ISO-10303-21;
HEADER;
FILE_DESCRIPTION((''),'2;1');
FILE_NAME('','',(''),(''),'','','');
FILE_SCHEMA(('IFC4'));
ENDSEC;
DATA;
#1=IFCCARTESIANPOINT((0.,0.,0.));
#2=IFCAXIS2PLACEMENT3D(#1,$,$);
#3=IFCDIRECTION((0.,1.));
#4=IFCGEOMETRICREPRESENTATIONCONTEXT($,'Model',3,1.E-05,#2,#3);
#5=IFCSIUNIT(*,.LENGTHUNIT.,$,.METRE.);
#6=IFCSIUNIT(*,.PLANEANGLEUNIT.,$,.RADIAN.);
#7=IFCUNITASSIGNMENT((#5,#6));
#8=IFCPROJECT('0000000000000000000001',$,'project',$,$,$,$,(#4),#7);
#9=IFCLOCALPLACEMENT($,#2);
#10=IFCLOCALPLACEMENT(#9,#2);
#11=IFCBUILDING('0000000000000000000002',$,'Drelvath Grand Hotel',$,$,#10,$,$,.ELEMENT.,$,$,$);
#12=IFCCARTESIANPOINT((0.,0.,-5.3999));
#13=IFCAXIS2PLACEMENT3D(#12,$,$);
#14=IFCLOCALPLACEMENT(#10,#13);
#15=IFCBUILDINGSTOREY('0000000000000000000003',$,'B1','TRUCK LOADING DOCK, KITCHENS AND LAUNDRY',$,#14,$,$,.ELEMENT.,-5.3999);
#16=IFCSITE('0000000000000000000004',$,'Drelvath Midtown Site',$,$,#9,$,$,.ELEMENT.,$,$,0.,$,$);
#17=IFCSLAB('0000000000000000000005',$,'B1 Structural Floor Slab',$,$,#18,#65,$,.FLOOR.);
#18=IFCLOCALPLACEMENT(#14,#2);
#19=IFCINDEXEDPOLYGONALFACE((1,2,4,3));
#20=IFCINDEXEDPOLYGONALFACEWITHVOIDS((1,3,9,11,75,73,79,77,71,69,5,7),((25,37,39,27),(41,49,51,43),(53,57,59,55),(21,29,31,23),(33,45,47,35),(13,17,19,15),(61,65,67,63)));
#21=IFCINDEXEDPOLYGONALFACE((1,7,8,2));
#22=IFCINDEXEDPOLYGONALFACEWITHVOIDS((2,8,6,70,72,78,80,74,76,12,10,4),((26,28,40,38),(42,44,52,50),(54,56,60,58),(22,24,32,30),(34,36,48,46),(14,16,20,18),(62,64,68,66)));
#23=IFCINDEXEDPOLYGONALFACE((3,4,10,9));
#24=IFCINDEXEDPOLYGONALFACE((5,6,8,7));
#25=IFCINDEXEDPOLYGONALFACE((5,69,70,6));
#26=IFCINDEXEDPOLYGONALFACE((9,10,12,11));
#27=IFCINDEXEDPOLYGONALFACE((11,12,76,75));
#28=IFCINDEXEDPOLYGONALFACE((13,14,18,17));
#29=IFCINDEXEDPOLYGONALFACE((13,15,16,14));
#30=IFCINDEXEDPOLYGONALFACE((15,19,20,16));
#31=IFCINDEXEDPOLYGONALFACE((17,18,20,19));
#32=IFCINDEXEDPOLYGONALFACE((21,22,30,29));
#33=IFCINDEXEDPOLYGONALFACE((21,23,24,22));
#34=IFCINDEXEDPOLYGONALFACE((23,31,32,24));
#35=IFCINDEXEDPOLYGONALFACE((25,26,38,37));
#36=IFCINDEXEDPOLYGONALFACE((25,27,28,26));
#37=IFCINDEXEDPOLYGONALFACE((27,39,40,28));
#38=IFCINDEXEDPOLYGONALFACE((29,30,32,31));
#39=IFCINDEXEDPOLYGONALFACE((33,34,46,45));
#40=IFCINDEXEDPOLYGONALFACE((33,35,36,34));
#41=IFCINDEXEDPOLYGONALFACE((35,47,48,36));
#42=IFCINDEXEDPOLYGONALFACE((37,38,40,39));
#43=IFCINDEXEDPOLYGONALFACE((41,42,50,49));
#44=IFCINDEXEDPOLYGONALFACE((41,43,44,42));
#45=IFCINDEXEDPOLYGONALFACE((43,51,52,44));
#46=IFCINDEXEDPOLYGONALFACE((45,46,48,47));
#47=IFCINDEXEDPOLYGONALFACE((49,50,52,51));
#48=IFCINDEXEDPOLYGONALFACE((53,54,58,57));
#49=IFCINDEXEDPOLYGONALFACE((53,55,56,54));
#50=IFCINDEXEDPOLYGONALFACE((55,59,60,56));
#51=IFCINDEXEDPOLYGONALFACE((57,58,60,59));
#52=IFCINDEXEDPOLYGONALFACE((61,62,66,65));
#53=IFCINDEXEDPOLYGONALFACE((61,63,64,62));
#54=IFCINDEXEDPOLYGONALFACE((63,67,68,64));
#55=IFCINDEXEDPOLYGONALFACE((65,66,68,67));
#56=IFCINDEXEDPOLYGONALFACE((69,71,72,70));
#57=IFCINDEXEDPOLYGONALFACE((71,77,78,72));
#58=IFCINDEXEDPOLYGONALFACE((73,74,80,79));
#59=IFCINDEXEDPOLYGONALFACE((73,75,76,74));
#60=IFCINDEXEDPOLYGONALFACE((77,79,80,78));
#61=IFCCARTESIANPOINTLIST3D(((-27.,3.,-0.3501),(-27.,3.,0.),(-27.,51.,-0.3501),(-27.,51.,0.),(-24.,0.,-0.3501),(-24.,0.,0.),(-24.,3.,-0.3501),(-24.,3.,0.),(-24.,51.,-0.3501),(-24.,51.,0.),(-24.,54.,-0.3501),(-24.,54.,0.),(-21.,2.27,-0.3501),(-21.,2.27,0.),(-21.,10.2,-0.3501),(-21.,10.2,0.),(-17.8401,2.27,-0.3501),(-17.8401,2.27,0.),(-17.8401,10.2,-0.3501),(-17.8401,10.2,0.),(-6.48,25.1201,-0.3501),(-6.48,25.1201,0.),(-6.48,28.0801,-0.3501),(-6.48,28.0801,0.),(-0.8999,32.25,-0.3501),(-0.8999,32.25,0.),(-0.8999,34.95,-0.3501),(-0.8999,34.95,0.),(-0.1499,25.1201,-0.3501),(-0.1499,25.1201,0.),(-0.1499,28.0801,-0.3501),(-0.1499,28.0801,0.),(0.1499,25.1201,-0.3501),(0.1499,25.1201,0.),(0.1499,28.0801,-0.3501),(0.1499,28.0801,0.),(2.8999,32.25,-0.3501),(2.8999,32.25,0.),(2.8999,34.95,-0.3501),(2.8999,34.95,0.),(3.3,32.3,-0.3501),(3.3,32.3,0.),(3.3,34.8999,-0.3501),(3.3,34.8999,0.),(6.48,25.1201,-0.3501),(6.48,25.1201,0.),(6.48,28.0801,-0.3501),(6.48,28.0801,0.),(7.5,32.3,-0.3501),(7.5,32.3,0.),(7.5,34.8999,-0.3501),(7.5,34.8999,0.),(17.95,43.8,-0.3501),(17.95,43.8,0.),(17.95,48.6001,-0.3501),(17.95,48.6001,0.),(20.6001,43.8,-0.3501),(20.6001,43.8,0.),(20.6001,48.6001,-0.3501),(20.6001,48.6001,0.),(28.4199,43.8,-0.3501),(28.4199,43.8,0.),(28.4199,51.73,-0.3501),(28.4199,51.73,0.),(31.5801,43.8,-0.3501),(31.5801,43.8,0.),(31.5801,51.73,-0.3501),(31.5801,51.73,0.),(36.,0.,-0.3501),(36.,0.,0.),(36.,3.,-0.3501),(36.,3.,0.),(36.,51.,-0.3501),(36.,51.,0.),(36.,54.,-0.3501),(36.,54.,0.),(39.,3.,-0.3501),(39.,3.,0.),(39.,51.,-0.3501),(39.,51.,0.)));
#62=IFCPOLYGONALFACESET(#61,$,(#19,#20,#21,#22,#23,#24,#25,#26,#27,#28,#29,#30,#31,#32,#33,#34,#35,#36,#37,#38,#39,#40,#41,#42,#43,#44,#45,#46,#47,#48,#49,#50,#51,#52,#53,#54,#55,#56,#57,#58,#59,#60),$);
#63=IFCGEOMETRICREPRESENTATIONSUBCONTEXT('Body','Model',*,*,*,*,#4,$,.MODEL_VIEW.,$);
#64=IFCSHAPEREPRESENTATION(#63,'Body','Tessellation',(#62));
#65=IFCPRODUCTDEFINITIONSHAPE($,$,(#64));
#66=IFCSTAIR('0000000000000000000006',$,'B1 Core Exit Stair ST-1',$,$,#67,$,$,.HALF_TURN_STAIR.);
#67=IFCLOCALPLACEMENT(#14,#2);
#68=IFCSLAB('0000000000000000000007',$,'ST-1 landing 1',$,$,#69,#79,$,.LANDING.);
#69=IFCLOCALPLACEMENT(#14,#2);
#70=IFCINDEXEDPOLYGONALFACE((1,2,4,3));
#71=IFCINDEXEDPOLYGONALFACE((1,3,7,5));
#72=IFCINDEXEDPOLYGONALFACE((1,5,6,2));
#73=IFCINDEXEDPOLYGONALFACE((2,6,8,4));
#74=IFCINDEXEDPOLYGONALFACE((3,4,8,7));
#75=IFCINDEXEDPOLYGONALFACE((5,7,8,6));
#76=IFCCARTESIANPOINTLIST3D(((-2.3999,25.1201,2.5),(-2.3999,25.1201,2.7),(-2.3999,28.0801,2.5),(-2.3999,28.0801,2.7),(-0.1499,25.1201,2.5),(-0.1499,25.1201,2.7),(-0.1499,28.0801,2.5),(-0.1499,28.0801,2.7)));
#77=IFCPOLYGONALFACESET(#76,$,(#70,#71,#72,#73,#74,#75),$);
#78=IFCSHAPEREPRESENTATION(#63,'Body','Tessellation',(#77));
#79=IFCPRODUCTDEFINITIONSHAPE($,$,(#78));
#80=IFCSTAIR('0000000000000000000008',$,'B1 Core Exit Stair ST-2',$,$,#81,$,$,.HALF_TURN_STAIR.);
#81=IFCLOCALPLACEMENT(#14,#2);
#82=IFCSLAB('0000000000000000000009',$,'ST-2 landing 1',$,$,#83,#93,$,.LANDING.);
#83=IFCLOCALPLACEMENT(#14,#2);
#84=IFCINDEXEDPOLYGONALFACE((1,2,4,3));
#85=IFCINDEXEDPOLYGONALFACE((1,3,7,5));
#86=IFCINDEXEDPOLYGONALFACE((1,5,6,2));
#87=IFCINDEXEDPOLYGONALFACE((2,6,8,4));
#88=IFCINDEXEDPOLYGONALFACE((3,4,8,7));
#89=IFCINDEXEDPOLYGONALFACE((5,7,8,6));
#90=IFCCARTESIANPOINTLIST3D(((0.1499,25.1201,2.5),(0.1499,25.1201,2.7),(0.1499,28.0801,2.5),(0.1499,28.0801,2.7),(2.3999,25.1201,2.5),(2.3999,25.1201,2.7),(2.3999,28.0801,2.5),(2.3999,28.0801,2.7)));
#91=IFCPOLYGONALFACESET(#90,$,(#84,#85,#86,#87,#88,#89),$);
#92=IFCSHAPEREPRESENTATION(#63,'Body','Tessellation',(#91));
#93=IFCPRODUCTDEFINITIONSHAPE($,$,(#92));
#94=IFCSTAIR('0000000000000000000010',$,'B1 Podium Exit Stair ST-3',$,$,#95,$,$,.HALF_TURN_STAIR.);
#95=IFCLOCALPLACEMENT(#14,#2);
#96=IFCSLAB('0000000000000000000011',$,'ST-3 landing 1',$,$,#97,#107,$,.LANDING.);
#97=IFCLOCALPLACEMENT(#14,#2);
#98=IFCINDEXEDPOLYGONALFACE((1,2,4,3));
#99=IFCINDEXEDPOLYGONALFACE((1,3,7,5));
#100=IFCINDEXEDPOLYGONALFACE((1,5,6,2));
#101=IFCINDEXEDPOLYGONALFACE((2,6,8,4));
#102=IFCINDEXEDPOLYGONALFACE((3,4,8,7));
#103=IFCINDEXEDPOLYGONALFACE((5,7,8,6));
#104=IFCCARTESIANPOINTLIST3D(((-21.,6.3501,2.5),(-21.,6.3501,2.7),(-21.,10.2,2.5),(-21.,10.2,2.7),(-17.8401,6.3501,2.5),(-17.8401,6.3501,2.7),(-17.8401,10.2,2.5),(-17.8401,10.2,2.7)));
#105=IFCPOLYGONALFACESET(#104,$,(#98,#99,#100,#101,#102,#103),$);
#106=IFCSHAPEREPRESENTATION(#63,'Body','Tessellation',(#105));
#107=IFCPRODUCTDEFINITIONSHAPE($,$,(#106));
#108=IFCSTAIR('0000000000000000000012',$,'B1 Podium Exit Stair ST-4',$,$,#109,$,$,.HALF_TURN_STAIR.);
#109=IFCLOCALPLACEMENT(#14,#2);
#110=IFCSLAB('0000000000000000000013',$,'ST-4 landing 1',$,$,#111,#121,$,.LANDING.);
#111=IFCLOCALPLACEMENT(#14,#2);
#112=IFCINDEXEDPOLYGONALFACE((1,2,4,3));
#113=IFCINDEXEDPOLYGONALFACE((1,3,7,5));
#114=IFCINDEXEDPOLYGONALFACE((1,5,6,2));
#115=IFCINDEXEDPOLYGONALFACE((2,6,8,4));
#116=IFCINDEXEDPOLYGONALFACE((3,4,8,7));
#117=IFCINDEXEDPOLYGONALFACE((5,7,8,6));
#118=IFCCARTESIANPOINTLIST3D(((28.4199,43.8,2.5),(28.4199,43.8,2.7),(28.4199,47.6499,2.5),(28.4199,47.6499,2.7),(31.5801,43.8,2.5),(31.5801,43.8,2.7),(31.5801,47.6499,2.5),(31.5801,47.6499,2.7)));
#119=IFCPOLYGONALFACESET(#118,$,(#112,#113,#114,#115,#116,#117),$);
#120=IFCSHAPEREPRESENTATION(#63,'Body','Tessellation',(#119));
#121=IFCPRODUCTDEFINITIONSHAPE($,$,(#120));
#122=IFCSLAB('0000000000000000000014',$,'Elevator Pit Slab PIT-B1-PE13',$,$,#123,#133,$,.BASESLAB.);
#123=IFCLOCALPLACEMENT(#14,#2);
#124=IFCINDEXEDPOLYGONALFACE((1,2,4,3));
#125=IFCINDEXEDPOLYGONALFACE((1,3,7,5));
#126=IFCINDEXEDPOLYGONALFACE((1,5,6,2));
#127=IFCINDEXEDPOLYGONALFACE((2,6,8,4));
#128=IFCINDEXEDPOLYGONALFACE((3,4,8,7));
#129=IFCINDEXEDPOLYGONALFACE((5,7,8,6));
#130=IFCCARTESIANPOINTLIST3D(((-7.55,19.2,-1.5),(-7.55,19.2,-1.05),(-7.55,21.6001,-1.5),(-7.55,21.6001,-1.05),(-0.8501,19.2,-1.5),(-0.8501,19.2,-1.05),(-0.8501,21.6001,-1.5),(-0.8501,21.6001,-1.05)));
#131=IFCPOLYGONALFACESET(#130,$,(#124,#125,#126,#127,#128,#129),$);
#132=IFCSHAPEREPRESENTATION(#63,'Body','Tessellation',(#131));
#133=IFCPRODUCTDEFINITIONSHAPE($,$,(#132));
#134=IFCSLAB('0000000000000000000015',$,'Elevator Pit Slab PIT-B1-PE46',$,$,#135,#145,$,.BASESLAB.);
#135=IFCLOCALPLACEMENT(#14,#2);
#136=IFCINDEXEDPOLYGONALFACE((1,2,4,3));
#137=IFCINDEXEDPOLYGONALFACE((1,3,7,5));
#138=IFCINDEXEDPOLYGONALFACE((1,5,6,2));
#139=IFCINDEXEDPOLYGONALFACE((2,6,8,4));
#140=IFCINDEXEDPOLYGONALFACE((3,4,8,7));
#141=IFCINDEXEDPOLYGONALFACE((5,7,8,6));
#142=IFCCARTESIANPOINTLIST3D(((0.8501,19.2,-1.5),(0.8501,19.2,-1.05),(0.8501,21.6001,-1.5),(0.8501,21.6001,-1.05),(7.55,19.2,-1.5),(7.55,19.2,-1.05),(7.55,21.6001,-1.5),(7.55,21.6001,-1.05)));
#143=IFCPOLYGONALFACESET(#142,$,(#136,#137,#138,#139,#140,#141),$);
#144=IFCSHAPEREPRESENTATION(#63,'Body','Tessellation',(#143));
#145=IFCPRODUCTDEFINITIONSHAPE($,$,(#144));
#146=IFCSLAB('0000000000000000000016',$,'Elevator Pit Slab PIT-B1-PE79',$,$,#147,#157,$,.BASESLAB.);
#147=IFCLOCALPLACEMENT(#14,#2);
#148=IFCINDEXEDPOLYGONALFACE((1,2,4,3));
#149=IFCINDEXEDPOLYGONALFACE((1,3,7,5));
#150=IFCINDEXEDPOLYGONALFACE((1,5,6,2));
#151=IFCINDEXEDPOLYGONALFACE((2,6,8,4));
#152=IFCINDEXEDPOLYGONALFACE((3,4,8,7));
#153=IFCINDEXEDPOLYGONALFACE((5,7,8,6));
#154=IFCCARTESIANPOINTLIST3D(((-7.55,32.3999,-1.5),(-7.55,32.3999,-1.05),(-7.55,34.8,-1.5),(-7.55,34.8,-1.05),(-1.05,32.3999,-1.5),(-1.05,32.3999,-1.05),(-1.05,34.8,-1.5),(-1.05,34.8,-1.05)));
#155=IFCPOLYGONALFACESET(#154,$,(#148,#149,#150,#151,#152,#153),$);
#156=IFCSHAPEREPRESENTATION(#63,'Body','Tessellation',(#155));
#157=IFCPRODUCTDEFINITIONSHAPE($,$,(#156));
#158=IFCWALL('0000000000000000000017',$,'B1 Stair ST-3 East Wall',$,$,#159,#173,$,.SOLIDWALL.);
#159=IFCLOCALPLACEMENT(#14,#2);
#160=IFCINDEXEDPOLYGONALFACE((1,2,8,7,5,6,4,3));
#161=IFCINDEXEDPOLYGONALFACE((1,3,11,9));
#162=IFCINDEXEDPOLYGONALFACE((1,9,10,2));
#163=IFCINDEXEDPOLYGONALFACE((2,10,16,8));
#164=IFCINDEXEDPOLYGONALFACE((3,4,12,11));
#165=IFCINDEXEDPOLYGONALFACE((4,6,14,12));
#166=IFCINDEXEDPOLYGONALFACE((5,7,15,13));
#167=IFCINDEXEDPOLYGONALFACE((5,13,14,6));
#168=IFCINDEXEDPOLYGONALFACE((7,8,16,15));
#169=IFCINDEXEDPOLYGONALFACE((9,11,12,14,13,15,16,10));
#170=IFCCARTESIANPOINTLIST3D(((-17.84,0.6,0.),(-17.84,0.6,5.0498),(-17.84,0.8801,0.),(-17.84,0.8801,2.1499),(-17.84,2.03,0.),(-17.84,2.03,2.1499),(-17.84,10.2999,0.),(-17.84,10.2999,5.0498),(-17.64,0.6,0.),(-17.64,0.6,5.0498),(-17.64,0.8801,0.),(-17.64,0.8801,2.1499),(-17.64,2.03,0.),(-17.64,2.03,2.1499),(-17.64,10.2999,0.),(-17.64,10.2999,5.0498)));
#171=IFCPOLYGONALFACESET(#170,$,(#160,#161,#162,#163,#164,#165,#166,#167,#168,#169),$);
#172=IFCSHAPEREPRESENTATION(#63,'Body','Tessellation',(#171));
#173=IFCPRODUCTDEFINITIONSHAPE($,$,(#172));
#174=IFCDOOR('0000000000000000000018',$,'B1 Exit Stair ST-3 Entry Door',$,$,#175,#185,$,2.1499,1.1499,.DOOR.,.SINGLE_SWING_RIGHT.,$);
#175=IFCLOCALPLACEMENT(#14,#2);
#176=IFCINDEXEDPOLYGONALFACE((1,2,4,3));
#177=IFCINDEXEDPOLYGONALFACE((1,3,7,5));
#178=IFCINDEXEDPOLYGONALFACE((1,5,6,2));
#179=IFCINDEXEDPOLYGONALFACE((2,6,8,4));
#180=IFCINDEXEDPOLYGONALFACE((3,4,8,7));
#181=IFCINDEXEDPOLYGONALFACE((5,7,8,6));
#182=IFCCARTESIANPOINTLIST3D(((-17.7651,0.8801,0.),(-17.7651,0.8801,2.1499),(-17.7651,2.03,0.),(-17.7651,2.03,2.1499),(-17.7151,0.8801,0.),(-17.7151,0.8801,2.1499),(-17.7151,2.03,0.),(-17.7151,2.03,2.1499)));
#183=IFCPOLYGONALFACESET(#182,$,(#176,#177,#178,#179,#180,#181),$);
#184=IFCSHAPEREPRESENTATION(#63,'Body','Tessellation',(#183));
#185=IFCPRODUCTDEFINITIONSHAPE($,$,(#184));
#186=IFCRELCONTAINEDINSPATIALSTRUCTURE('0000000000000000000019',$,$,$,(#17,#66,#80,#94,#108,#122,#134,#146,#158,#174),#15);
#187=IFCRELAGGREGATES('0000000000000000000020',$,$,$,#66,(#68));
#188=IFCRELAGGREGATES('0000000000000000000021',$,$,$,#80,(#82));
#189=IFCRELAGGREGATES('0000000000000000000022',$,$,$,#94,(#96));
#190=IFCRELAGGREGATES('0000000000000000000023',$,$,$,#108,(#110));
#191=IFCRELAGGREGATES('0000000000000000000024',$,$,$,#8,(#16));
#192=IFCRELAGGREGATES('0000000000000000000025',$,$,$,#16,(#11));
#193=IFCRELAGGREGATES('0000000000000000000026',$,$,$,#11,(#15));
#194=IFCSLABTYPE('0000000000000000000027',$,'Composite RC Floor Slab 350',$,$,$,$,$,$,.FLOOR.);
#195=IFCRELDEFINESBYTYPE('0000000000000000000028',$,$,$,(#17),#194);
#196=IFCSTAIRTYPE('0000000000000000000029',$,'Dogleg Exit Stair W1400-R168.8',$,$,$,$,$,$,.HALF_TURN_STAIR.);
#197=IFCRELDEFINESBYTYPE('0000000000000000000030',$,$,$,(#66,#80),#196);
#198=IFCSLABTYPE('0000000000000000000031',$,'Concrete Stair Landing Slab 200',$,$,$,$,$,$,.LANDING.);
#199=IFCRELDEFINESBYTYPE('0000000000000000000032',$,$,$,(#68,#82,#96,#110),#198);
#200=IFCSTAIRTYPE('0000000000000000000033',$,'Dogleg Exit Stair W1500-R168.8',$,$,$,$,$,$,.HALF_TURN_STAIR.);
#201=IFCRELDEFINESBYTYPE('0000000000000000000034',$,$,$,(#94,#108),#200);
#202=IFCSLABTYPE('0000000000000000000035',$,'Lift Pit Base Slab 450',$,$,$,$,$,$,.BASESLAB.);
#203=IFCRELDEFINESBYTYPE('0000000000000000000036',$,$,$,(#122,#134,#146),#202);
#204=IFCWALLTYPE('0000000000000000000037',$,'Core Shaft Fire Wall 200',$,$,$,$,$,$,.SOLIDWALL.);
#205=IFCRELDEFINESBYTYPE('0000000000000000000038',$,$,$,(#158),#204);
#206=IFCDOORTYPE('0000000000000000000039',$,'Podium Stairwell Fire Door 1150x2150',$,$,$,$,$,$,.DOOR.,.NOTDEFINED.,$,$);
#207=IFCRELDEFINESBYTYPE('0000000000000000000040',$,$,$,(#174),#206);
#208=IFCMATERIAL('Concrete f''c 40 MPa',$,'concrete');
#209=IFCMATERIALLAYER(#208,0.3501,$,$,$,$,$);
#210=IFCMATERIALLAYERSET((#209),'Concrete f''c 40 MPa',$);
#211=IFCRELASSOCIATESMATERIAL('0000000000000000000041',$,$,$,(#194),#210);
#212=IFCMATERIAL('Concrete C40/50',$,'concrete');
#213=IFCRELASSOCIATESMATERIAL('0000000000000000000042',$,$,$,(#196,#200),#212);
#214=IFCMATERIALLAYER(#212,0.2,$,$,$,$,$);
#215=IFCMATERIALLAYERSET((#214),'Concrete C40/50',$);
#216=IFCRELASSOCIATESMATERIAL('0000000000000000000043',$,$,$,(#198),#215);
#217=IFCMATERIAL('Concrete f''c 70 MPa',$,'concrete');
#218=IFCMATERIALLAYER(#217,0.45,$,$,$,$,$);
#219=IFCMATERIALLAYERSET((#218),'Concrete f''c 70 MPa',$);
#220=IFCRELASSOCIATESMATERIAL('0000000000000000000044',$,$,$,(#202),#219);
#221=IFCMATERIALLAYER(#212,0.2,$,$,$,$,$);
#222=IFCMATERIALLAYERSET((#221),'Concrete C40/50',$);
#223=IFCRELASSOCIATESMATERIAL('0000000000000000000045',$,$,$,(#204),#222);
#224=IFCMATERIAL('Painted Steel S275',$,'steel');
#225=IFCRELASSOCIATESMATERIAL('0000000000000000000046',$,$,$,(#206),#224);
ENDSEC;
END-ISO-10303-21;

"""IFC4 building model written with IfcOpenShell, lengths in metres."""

from ifc_helpers import new_model, si_unit, direction, frame, frame_2d, origin, place, context, subcontext, project, spatial, polyline, rectangle, outline, extrude, material, layer, layer_set, type_object, element, fill, aggregate, save


model = new_model("IFC4")

# Units and contexts
model_context = context("Model", 3, precision=1e-05, world=origin(), true_north=direction((0.0, 1.0)))
body_context = subcontext(model_context, "Body", "Model", "MODEL_VIEW")
ifc_project = project(units=[si_unit("LENGTHUNIT", "METRE"), si_unit("PLANEANGLEUNIT", "RADIAN")], contexts=[model_context])

# Site, building, storey
site_placement = place(None, origin())
site = spatial("IfcSite", under=ifc_project, at=site_placement, Name="Drelvath Midtown Site", CompositionType="ELEMENT", RefElevation=0.0)
building_placement = place(site_placement, origin())
building = spatial("IfcBuilding", under=site, at=building_placement, Name="Drelvath Grand Hotel", CompositionType="ELEMENT")
storey_placement = place(building_placement, frame((0.0, 0.0, -5.3999)))
storey = spatial("IfcBuildingStorey", under=building, at=storey_placement, Name="B1", Description="TRUCK LOADING DOCK, KITCHENS AND LAUNDRY", CompositionType="ELEMENT", Elevation=-5.3999)

# Shared definitions
ifc_material_1 = material(Name="Concrete f'c 70 MPa", Category="concrete")

# Slab
ifc_material_2 = material(Name="Concrete f'c 40 MPa", Category="concrete")
ifc_layer_1 = layer(ifc_material_2, 0.3501)
ifc_layer_set_1 = layer_set([ifc_layer_1], Name="Concrete f'c 40 MPa")
slab_type_1 = type_object("IfcSlabType", Name="Composite RC Floor Slab 350", PredefinedType="FLOOR", material=ifc_layer_set_1)
slab_1_placement = place(storey_placement, frame((0.0, 0.0, -0.3501)))
element("IfcSlab", 1, at=slab_1_placement, inside=storey, type_object=slab_type_1, Name="B1 Structural Floor Slab", PredefinedType="FLOOR", context=body_context, shape_type="SweptSolid", body=[
    extrude(outline(polyline([(-24.0, 0.0), (36.0, 0.0), (36.0, 3.0), (39.0, 3.0), (39.0, 51.0), (36.0, 51.0), (36.0, 54.0), (-24.0, 54.0), (-24.0, 51.0), (-27.0, 51.0), (-27.0, 3.0), (-24.0, 3.0), (-24.0, 0.0)]), holes=[polyline([(-6.48, 25.1201), (-6.48, 28.0801), (-0.1499, 28.0801), (-0.1499, 25.1201), (-6.48, 25.1201)]), polyline([(0.1499, 25.1201), (0.1499, 28.0801), (6.48, 28.0801), (6.48, 25.1201), (0.1499, 25.1201)]), polyline([(-21.0, 2.27), (-21.0, 10.2), (-17.8401, 10.2), (-17.8401, 2.27), (-21.0, 2.27)]), polyline([(28.4199, 43.8), (28.4199, 51.73), (31.5801, 51.73), (31.5801, 43.8), (28.4199, 43.8)]), polyline([(-0.8999, 32.25), (-0.8999, 34.95), (2.8999, 34.95), (2.8999, 32.25), (-0.8999, 32.25)]), polyline([(3.3, 32.3), (3.3, 34.8999), (7.5, 34.8999), (7.5, 32.3), (3.3, 32.3)]), polyline([(17.95, 43.8), (17.95, 48.6001), (20.6001, 48.6001), (20.6001, 43.8), (17.95, 43.8)])]), origin(), (0.0, 0.0, 1.0), 0.3501),
])

# Stairs, slabs
ifc_material_3 = material(Name="Concrete C40/50", Category="concrete")
stair_type_1 = type_object("IfcStairType", Name="Dogleg Exit Stair W1400-R168.8", PredefinedType="HALF_TURN_STAIR", material=ifc_material_3)
stair_1_placement = place(storey_placement, origin())
stair_1 = element("IfcStair", 2, at=stair_1_placement, inside=storey, type_object=stair_type_1, Name="B1 Core Exit Stair ST-1", PredefinedType="HALF_TURN_STAIR")
ifc_layer_2 = layer(ifc_material_3, 0.2)
ifc_layer_set_2 = layer_set([ifc_layer_2], Name="Concrete C40/50")
slab_type_2 = type_object("IfcSlabType", Name="Concrete Stair Landing Slab 200", PredefinedType="LANDING", material=ifc_layer_set_2)
slab_2_placement = place(storey_placement, frame((0.0, 0.0, 2.5)))
slab_2 = element("IfcSlab", 3, at=slab_2_placement, type_object=slab_type_2, Name="ST-1 landing 1", PredefinedType="LANDING", context=body_context, shape_type="SweptSolid", body=[
    extrude(outline(polyline([(-2.3999, 25.1201), (-0.1499, 25.1201), (-0.1499, 28.0801), (-2.3999, 28.0801), (-2.3999, 25.1201)])), origin(), (0.0, 0.0, 1.0), 0.2),
])
aggregate(stair_1, [slab_2])
stair_2_placement = place(storey_placement, origin())
stair_2 = element("IfcStair", 4, at=stair_2_placement, inside=storey, type_object=stair_type_1, Name="B1 Core Exit Stair ST-2", PredefinedType="HALF_TURN_STAIR")
slab_3_placement = place(storey_placement, frame((0.0, 0.0, 2.5)))
slab_3 = element("IfcSlab", 5, at=slab_3_placement, type_object=slab_type_2, Name="ST-2 landing 1", PredefinedType="LANDING", context=body_context, shape_type="SweptSolid", body=[
    extrude(outline(polyline([(2.3999, 28.0801), (0.1499, 28.0801), (0.1499, 25.1201), (2.3999, 25.1201), (2.3999, 28.0801)])), origin(), (0.0, 0.0, 1.0), 0.2),
])
aggregate(stair_2, [slab_3])
stair_type_2 = type_object("IfcStairType", Name="Dogleg Exit Stair W1500-R168.8", PredefinedType="HALF_TURN_STAIR", material=ifc_material_3)
stair_3_placement = place(storey_placement, origin())
stair_3 = element("IfcStair", 6, at=stair_3_placement, inside=storey, type_object=stair_type_2, Name="B1 Podium Exit Stair ST-3", PredefinedType="HALF_TURN_STAIR")
slab_4_placement = place(storey_placement, frame((0.0, 0.0, 2.5)))
slab_4 = element("IfcSlab", 7, at=slab_4_placement, type_object=slab_type_2, Name="ST-3 landing 1", PredefinedType="LANDING", context=body_context, shape_type="SweptSolid", body=[
    extrude(outline(polyline([(-17.8401, 6.3501), (-17.8401, 10.2), (-21.0, 10.2), (-21.0, 6.3501), (-17.8401, 6.3501)])), origin(), (0.0, 0.0, 1.0), 0.2),
])
aggregate(stair_3, [slab_4])
stair_4_placement = place(storey_placement, origin())
stair_4 = element("IfcStair", 8, at=stair_4_placement, inside=storey, type_object=stair_type_2, Name="B1 Podium Exit Stair ST-4", PredefinedType="HALF_TURN_STAIR")
slab_5_placement = place(storey_placement, frame((0.0, 0.0, 2.5)))
slab_5 = element("IfcSlab", 9, at=slab_5_placement, type_object=slab_type_2, Name="ST-4 landing 1", PredefinedType="LANDING", context=body_context, shape_type="SweptSolid", body=[
    extrude(outline(polyline([(28.4199, 47.6499), (28.4199, 43.8), (31.5801, 43.8), (31.5801, 47.6499), (28.4199, 47.6499)])), origin(), (0.0, 0.0, 1.0), 0.2),
])
aggregate(stair_4, [slab_5])

# Slabs
ifc_layer_3 = layer(ifc_material_1, 0.45)
ifc_layer_set_3 = layer_set([ifc_layer_3], Name="Concrete f'c 70 MPa")
slab_type_3 = type_object("IfcSlabType", Name="Lift Pit Base Slab 450", PredefinedType="BASESLAB", material=ifc_layer_set_3)
slab_6_placement = place(storey_placement, frame((0.0, 0.0, -1.5)))
element("IfcSlab", 10, at=slab_6_placement, inside=storey, type_object=slab_type_3, Name="Elevator Pit Slab PIT-B1-PE13", PredefinedType="BASESLAB", context=body_context, shape_type="SweptSolid", body=[
    extrude(outline(polyline([(-7.55, 19.2), (-0.8501, 19.2), (-0.8501, 21.6001), (-7.55, 21.6001), (-7.55, 19.2)])), origin(), (0.0, 0.0, 1.0), 0.45),
])
slab_7_placement = place(storey_placement, frame((0.0, 0.0, -1.5)))
element("IfcSlab", 11, at=slab_7_placement, inside=storey, type_object=slab_type_3, Name="Elevator Pit Slab PIT-B1-PE46", PredefinedType="BASESLAB", context=body_context, shape_type="SweptSolid", body=[
    extrude(outline(polyline([(0.8501, 19.2), (7.55, 19.2), (7.55, 21.6001), (0.8501, 21.6001), (0.8501, 19.2)])), origin(), (0.0, 0.0, 1.0), 0.45),
])
slab_8_placement = place(storey_placement, frame((0.0, 0.0, -1.5)))
element("IfcSlab", 12, at=slab_8_placement, inside=storey, type_object=slab_type_3, Name="Elevator Pit Slab PIT-B1-PE79", PredefinedType="BASESLAB", context=body_context, shape_type="SweptSolid", body=[
    extrude(outline(polyline([(-7.55, 32.3999), (-1.05, 32.3999), (-1.05, 34.8), (-7.55, 34.8), (-7.55, 32.3999)])), origin(), (0.0, 0.0, 1.0), 0.45),
])

# Wall, opening, door
ifc_layer_4 = layer(ifc_material_3, 0.2)
ifc_layer_set_4 = layer_set([ifc_layer_4], Name="Concrete C40/50")
wall_type_1 = type_object("IfcWallType", Name="Core Shaft Fire Wall 200", PredefinedType="SOLIDWALL", material=ifc_layer_set_4)
wall_1_placement = place(storey_placement, frame((-17.74, 10.3, 0.0), z_axis=(0.0, 0.0, 1.0), x_axis=(0.0, -1.0, 0.0)))
wall_1 = element("IfcWall", 13, at=wall_1_placement, inside=storey, type_object=wall_type_1, Name="B1 Stair ST-3 East Wall", PredefinedType="SOLIDWALL", context=body_context, shape_type="SweptSolid", body=[
    extrude(rectangle(XDim=9.7, YDim=0.2, at=frame_2d((4.8501, 0.0))), origin(), (0.0, 0.0, 1.0), 5.0498),
])
opening_1_placement = place(wall_1_placement, frame((8.27, 0.0, 0.0)))
opening_1 = element("IfcOpeningElement", 14, at=opening_1_placement, cuts=wall_1, PredefinedType="OPENING", context=body_context, shape_type="SweptSolid", body=[
    extrude(rectangle(XDim=1.1499, YDim=2.1499, at=frame_2d((0.575, 1.075))), frame((0.0, 0.1099, 0.0), z_axis=(0.0, -1.0, 0.0), x_axis=(1.0, 0.0, 0.0)), (0.0, 0.0, 1.0), 0.22),
])
ifc_material_4 = material(Name="Painted Steel S275", Category="steel")
door_type_1 = type_object("IfcDoorType", Name="Podium Stairwell Fire Door 1150x2150", OperationType="NOTDEFINED", PredefinedType="DOOR", material=ifc_material_4)
door_1_placement = place(opening_1_placement, origin())
door_1 = element("IfcDoor", 15, at=door_1_placement, inside=storey, type_object=door_type_1, Name="B1 Exit Stair ST-3 Entry Door", OperationType="SINGLE_SWING_RIGHT", OverallHeight=2.1499, OverallWidth=1.1499, PredefinedType="DOOR", context=body_context, shape_type="SweptSolid", body=[
    extrude(rectangle(XDim=1.1499, YDim=2.1499, at=frame_2d((0.575, 1.075))), frame((0.0, 0.0249, 0.0), z_axis=(0.0, -1.0, 0.0), x_axis=(1.0, 0.0, 0.0)), (0.0, 0.0, 1.0), 0.05),
])
fill(opening_1, door_1)

save(model, "model.ifc")
